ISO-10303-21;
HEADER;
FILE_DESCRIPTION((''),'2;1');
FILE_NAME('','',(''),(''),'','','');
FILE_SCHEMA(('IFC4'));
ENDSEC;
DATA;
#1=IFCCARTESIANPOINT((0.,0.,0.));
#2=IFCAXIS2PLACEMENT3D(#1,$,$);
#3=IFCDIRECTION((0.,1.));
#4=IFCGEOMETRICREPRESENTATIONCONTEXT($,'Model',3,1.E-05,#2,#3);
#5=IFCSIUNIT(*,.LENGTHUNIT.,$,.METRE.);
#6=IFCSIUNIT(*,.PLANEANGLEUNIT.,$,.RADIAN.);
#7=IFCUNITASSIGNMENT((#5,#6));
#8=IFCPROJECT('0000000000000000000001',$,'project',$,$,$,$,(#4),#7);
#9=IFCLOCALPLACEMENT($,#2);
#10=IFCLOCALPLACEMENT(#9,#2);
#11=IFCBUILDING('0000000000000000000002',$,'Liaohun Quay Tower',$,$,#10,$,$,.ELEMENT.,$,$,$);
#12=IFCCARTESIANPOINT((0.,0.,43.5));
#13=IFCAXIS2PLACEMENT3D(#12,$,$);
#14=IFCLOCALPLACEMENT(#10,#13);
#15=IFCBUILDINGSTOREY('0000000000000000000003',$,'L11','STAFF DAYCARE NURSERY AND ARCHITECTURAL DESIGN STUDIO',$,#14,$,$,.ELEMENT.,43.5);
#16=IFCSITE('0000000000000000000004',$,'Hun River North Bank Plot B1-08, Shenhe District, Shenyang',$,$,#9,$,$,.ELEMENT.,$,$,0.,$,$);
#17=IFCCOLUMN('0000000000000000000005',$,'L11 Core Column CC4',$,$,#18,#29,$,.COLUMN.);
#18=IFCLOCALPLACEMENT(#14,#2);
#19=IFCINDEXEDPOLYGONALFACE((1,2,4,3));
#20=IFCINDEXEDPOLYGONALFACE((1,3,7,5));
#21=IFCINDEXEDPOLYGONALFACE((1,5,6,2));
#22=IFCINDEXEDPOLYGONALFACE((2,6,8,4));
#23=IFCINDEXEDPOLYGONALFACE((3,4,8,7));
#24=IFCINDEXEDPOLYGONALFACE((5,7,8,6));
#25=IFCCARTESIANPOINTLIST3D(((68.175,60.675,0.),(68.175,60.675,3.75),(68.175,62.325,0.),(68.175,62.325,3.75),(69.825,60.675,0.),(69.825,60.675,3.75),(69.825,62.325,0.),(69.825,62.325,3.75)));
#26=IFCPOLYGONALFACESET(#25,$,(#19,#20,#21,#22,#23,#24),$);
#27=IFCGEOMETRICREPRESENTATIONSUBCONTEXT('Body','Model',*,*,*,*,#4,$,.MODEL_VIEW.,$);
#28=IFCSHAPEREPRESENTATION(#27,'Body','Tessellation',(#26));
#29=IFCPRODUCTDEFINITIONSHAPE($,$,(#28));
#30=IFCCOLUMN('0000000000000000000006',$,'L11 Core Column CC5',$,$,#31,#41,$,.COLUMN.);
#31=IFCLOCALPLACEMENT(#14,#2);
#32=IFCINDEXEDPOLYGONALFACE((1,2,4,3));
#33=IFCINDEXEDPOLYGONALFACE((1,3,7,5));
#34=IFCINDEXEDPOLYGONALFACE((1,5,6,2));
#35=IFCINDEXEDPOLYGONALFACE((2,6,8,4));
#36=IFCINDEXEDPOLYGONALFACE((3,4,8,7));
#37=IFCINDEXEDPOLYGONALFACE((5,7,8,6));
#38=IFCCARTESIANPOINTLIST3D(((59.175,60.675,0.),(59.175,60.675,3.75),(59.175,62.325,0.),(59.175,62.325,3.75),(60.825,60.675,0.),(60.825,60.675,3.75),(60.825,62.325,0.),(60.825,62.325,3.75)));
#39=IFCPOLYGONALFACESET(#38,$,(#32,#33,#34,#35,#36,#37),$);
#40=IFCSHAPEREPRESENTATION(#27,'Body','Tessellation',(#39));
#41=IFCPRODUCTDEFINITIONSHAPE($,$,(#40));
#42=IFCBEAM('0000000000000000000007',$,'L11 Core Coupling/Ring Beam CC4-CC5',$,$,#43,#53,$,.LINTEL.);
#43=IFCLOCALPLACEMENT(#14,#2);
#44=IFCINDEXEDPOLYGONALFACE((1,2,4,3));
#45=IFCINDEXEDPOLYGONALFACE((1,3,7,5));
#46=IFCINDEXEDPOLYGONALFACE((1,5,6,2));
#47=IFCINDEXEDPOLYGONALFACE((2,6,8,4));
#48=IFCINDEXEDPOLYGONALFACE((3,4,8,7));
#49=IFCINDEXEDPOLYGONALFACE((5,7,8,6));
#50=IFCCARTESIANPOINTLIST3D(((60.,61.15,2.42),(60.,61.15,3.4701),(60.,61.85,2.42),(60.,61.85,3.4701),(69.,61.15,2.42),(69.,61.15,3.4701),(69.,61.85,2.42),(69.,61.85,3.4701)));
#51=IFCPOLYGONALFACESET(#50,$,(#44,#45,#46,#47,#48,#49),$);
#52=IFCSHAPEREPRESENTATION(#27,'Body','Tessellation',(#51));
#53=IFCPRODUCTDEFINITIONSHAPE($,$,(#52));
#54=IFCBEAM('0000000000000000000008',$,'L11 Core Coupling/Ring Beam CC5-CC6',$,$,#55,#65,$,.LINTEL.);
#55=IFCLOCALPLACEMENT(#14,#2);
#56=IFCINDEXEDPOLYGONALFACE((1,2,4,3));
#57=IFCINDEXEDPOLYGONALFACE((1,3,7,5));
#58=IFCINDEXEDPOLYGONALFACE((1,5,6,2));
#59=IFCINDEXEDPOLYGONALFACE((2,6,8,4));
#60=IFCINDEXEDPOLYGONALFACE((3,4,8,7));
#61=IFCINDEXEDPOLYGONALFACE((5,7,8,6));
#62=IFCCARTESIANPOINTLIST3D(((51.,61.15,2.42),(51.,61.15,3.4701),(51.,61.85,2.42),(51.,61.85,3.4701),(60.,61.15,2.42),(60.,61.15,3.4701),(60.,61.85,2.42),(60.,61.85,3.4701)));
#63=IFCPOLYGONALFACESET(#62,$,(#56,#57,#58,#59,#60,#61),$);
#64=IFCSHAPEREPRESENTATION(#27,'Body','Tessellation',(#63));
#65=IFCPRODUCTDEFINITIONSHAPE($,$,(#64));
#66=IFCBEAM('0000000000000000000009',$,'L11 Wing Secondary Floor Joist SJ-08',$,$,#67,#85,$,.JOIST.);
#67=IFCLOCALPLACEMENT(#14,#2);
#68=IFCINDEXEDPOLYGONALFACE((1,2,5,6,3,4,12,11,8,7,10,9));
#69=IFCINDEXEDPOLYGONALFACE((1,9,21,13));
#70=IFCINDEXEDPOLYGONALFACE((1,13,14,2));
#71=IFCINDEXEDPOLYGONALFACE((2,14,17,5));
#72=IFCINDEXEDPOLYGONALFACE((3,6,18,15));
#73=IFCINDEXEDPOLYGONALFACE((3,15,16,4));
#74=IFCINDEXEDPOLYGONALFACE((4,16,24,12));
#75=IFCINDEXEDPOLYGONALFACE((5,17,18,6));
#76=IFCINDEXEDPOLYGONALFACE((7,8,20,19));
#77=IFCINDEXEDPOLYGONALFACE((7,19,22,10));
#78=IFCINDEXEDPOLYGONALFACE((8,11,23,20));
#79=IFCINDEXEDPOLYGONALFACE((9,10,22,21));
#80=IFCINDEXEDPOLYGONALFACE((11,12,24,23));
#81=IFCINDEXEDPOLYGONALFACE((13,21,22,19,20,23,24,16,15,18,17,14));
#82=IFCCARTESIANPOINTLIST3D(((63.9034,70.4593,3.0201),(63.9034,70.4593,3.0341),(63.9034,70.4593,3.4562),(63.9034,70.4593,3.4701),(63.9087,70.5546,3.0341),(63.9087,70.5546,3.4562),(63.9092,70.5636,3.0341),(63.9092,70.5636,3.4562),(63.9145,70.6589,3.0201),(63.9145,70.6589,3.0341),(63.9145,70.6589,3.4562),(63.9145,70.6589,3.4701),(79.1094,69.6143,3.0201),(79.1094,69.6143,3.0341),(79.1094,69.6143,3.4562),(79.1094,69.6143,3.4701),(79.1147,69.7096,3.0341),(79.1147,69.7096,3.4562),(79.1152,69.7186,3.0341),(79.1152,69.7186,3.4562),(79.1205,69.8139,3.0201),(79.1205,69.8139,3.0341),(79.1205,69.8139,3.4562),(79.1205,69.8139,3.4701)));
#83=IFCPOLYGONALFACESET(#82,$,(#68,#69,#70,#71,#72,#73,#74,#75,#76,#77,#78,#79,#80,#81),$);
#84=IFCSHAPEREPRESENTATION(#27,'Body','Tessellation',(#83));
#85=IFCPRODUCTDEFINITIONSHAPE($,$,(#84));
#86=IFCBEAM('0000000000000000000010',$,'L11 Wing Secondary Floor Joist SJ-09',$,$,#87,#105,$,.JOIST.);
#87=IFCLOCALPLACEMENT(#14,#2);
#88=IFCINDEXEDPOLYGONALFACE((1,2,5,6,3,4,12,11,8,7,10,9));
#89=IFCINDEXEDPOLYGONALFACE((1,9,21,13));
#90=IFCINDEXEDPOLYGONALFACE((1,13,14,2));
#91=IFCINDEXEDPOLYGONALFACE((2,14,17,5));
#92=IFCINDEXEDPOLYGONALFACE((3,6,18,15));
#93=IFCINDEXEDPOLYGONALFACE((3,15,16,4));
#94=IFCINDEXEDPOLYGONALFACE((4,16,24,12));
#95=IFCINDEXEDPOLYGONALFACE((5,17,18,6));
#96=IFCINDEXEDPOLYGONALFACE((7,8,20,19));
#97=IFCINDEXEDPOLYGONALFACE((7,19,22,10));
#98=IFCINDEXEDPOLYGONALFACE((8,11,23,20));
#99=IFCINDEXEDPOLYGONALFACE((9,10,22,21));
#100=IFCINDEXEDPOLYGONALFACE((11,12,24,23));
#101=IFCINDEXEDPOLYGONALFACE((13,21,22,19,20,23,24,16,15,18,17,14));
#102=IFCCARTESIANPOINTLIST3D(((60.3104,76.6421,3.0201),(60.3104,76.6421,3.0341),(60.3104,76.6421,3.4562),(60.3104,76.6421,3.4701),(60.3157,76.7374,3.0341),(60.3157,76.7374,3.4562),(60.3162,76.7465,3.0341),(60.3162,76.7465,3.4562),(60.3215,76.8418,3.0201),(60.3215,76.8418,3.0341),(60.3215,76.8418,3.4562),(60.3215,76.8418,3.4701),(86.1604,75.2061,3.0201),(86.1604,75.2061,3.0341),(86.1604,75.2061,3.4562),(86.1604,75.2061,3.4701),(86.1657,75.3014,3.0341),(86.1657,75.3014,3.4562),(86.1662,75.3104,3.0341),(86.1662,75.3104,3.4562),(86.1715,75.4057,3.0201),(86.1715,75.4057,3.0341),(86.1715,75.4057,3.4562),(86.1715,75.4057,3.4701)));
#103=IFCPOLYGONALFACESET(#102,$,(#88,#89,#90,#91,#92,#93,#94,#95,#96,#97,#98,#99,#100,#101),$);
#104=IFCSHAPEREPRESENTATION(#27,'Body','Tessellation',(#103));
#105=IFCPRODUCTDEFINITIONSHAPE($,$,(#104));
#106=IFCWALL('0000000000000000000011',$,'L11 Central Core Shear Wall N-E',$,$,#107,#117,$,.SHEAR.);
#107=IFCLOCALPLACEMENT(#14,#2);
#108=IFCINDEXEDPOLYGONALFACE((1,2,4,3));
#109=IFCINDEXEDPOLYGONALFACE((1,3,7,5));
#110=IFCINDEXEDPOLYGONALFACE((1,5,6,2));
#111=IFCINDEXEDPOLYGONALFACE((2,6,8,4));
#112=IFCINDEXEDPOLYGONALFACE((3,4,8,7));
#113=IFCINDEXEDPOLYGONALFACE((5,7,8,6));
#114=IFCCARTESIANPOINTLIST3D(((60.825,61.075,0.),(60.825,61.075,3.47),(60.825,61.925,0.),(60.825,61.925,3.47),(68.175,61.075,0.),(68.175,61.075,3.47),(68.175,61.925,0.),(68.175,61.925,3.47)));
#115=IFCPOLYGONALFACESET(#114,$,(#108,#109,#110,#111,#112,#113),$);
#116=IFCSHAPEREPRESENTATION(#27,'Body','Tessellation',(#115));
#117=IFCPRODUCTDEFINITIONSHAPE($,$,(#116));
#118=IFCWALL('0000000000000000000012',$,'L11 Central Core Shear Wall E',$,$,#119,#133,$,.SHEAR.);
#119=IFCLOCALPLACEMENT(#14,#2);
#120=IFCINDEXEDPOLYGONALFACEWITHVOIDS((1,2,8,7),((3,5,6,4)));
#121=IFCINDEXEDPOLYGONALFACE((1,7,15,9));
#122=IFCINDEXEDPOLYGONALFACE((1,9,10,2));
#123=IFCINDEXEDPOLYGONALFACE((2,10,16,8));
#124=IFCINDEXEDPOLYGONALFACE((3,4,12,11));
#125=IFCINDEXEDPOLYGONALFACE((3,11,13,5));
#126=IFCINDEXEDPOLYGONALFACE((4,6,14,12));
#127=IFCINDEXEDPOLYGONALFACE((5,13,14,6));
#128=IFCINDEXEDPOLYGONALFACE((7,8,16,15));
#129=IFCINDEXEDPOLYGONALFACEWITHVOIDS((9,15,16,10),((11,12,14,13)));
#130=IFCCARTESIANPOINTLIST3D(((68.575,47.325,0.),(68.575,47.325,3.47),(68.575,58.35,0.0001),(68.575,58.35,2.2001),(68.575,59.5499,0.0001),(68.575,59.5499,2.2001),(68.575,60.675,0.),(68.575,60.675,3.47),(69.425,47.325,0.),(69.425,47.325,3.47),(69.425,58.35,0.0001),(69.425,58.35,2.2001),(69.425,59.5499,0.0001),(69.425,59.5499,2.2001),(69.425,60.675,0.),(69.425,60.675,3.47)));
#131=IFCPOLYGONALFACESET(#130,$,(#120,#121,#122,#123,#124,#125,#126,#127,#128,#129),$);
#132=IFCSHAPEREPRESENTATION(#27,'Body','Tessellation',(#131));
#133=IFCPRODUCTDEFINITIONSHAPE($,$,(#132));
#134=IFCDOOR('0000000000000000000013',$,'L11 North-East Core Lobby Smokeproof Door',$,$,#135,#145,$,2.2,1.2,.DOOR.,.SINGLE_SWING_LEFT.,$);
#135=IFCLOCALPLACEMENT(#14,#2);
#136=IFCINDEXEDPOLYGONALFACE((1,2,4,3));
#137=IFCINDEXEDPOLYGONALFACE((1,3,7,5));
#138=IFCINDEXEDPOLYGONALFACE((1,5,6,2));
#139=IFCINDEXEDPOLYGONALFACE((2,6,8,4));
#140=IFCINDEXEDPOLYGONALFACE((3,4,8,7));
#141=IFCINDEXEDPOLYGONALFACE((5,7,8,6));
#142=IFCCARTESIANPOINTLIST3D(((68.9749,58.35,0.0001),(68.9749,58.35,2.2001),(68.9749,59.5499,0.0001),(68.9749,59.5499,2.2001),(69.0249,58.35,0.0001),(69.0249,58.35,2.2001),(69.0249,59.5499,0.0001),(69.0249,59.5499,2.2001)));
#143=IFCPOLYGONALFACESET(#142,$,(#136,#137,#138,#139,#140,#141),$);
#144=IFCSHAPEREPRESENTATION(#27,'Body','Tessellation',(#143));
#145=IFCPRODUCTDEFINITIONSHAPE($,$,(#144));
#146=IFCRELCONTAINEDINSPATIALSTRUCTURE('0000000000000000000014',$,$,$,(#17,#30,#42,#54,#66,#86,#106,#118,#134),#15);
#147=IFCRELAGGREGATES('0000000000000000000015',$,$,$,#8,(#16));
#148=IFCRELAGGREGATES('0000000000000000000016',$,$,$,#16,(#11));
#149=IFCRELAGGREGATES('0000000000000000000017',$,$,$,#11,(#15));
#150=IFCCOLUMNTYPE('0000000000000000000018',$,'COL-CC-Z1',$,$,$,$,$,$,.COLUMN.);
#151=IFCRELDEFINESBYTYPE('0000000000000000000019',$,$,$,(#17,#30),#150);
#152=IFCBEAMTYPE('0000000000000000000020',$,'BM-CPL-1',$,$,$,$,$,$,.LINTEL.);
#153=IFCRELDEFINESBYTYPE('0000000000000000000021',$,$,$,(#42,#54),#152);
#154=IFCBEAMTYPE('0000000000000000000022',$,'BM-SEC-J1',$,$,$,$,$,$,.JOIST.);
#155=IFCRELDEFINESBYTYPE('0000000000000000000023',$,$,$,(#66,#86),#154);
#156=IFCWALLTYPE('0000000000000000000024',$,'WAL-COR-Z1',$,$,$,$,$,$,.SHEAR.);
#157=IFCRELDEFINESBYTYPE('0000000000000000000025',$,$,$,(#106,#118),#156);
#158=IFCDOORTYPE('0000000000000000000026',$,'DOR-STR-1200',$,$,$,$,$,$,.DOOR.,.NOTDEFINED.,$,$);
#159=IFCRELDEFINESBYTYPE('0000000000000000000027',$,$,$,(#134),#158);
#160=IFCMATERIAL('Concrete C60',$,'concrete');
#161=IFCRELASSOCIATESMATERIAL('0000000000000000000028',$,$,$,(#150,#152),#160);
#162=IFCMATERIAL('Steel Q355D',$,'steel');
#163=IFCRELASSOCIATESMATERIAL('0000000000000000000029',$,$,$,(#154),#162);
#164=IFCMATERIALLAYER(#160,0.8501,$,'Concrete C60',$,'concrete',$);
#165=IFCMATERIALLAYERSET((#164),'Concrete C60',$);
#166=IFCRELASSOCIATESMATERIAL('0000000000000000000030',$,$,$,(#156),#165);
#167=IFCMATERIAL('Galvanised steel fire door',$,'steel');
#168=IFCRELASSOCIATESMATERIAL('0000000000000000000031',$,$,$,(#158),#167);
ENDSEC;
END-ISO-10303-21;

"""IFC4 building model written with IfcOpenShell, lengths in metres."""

from ifc_helpers import new_model, si_unit, direction, frame, frame_2d, origin, origin_2d, place, context, subcontext, project, spatial, rectangle, i_section, extrude, source, transform, mapped, material, layer, layer_set, material_profile, profile_set, type_object, element, fill, save


model = new_model("IFC4")

# Units and contexts
model_context = context("Model", 3, precision=1e-05, world=origin(), true_north=direction((0.0, 1.0)))
body_context = subcontext(model_context, "Body", "Model", "MODEL_VIEW")
ifc_project = project(units=[si_unit("LENGTHUNIT", "METRE"), si_unit("PLANEANGLEUNIT", "RADIAN")], contexts=[model_context])

# Site, building, storey
site_placement = place(None, origin())
site = spatial("IfcSite", under=ifc_project, at=site_placement, Name="Hun River North Bank Plot B1-08, Shenhe District, Shenyang", CompositionType="ELEMENT", RefElevation=0.0)
building_placement = place(site_placement, origin())
building = spatial("IfcBuilding", under=site, at=building_placement, Name="Liaohun Quay Tower", CompositionType="ELEMENT")
storey_placement = place(building_placement, frame((0.0, 0.0, 43.5)))
storey = spatial("IfcBuildingStorey", under=building, at=storey_placement, Name="L11", Description="STAFF DAYCARE NURSERY AND ARCHITECTURAL DESIGN STUDIO", CompositionType="ELEMENT", Elevation=43.5)

# Columns
ifc_material_1 = material(Name="Concrete C60", Category="concrete")
ifc_material_profile_1 = material_profile(ifc_material_1, rectangle(XDim=1.6499, YDim=1.6499, at=origin_2d()), Name="RC1650x1650")
ifc_profile_set_1 = profile_set([ifc_material_profile_1], Name="Concrete C60")
column_type = type_object("IfcColumnType", Name="COL-CC-Z1", PredefinedType="COLUMN", material=ifc_profile_set_1)
shared_shape_1 = source(origin(), body_context, "Body", "SweptSolid", [
    extrude(rectangle(XDim=1.6499, YDim=1.6499, at=origin_2d()), origin(), (0.0, 0.0, 1.0), 3.75),
])
for number, where, z_axis, x_axis, name in (
    (1, (69.0, 61.5, 0.0), (0.0, 0.0, 1.0), (1.0, 0.0, 0.0), "L11 Core Column CC4"),
    (2, (60.0, 61.5, 0.0), (0.0, 0.0, 1.0), (1.0, 0.0, 0.0), "L11 Core Column CC5"),
):
    element("IfcColumn", number, at=place(storey_placement, frame(where, z_axis=z_axis, x_axis=x_axis)), inside=storey, type_object=column_type, Name=name, PredefinedType="COLUMN", context=body_context, shape_type="MappedRepresentation", body=[
        mapped(shared_shape_1, transform((0.0, 0.0, 0.0), x_axis=(1.0, 0.0, 0.0), y_axis=(0.0, 1.0, 0.0), z_axis=(0.0, 0.0, 1.0), scale=1.0)),
    ])

# Beams
ifc_material_profile_2 = material_profile(ifc_material_1, rectangle(XDim=0.7, YDim=1.05, at=origin_2d()), Name="RC700x1050")
ifc_profile_set_2 = profile_set([ifc_material_profile_2], Name="Concrete C60")
beam_type_1 = type_object("IfcBeamType", Name="BM-CPL-1", PredefinedType="LINTEL", material=ifc_profile_set_2)
shared_shape_2 = source(origin(), body_context, "Body", "SweptSolid", [
    extrude(rectangle(XDim=0.7, YDim=1.05, at=origin_2d()), origin(), (0.0, 0.0, 1.0), 9.0),
])
for number, where, z_axis, x_axis, name in (
    (3, (69.0, 61.5, 2.9451), (-1.0, 0.0, 0.0), (0.0, -1.0, 0.0), "L11 Core Coupling/Ring Beam CC4-CC5"),
    (4, (60.0, 61.5, 2.9451), (-1.0, 0.0, 0.0), (0.0, -1.0, 0.0), "L11 Core Coupling/Ring Beam CC5-CC6"),
):
    element("IfcBeam", number, at=place(storey_placement, frame(where, z_axis=z_axis, x_axis=x_axis)), inside=storey, type_object=beam_type_1, Name=name, PredefinedType="LINTEL", context=body_context, shape_type="MappedRepresentation", body=[
        mapped(shared_shape_2, transform((0.0, 0.0, 0.0), x_axis=(1.0, 0.0, 0.0), y_axis=(0.0, 1.0, 0.0), z_axis=(0.0, 0.0, 1.0), scale=1.0)),
    ])
ifc_material_2 = material(Name="Steel Q355D", Category="steel")
ifc_material_profile_3 = material_profile(ifc_material_2, i_section(OverallWidth=0.2, OverallDepth=0.45, WebThickness=0.009, FlangeThickness=0.0139, at=origin_2d()), Name="HN450x200x9x14")
ifc_profile_set_3 = profile_set([ifc_material_profile_3], Name="Steel Q355D")
beam_type_2 = type_object("IfcBeamType", Name="BM-SEC-J1", PredefinedType="JOIST", material=ifc_profile_set_3)
shared_shape_3 = source(origin(), body_context, "Body", "SweptSolid", [
    extrude(i_section(OverallWidth=0.2, OverallDepth=0.45, WebThickness=0.009, FlangeThickness=0.0139, at=origin_2d()), origin(), (0.0, 0.0, 1.0), 15.2295),
])
beam_1_placement = place(storey_placement, frame((63.9089, 70.5591, 3.2451), z_axis=(0.99846, -0.055482, 0.0), x_axis=(0.055482, 0.99846, 0.0)))
element("IfcBeam", 5, at=beam_1_placement, inside=storey, type_object=beam_type_2, Name="L11 Wing Secondary Floor Joist SJ-08", PredefinedType="JOIST", context=body_context, shape_type="MappedRepresentation", body=[
    mapped(shared_shape_3, transform((0.0, 0.0, 0.0), x_axis=(1.0, 0.0, 0.0), y_axis=(0.0, 1.0, 0.0), z_axis=(0.0, 0.0, 1.0), scale=1.0)),
])
shared_shape_4 = source(origin(), body_context, "Body", "SweptSolid", [
    extrude(i_section(OverallWidth=0.2, OverallDepth=0.45, WebThickness=0.009, FlangeThickness=0.0139, at=origin_2d()), origin(), (0.0, 0.0, 1.0), 25.8899),
])
beam_2_placement = place(storey_placement, frame((60.3159, 76.7419, 3.2451), z_axis=(0.998461, -0.055467, 0.0), x_axis=(0.055467, 0.998461, 0.0)))
element("IfcBeam", 6, at=beam_2_placement, inside=storey, type_object=beam_type_2, Name="L11 Wing Secondary Floor Joist SJ-09", PredefinedType="JOIST", context=body_context, shape_type="MappedRepresentation", body=[
    mapped(shared_shape_4, transform((0.0, 0.0, 0.0), x_axis=(1.0, 0.0, 0.0), y_axis=(0.0, 1.0, 0.0), z_axis=(0.0, 0.0, 1.0), scale=1.0)),
])

# Wall
ifc_layer_1 = layer(ifc_material_1, 0.8501, Name="Concrete C60", Category="concrete")
ifc_layer_set_1 = layer_set([ifc_layer_1], Name="Concrete C60")
wall_type_1 = type_object("IfcWallType", Name="WAL-COR-Z1", PredefinedType="SHEAR", material=ifc_layer_set_1)
wall_1_placement = place(storey_placement, frame((60.825, 61.5, 0.0), z_axis=(0.0, 0.0, 1.0), x_axis=(1.0, 0.0, 0.0)))
element("IfcWall", 7, at=wall_1_placement, inside=storey, type_object=wall_type_1, Name="L11 Central Core Shear Wall N-E", PredefinedType="SHEAR", context=body_context, shape_type="SweptSolid", body=[
    extrude(rectangle(XDim=7.3501, YDim=0.8501, at=frame_2d((3.675, 0.0))), origin(), (0.0, 0.0, 1.0), 3.47),
])

# Wall, opening, door
wall_2_placement = place(storey_placement, frame((69.0, 60.675, 0.0), z_axis=(0.0, 0.0, 1.0), x_axis=(0.0, -1.0, 0.0)))
wall_2 = element("IfcWall", 8, at=wall_2_placement, inside=storey, type_object=wall_type_1, Name="L11 Central Core Shear Wall E", PredefinedType="SHEAR", context=body_context, shape_type="SweptSolid", body=[
    extrude(rectangle(XDim=13.3501, YDim=0.8501, at=frame_2d((6.675, 0.0))), origin(), (0.0, 0.0, 1.0), 3.47),
])
shared_shape_5 = source(origin(), body_context, "Body", "SweptSolid", [
    extrude(rectangle(XDim=1.2, YDim=2.2, at=frame_2d((0.6001, 1.1001))), frame((0.0, 0.4351, 0.0), z_axis=(0.0, -1.0, 0.0), x_axis=(1.0, 0.0, 0.0)), (0.0, 0.0, 1.0), 0.8701),
])
opening_1_placement = place(wall_2_placement, frame((1.125, 0.0, 0.0)))
opening_1 = element("IfcOpeningElement", 9, at=opening_1_placement, cuts=wall_2, PredefinedType="OPENING", context=body_context, shape_type="MappedRepresentation", body=[
    mapped(shared_shape_5, transform((0.0, 0.0, 0.0), x_axis=(1.0, 0.0, 0.0), y_axis=(0.0, 1.0, 0.0), z_axis=(0.0, 0.0, 1.0), scale=1.0)),
])
ifc_material_3 = material(Name="Galvanised steel fire door", Category="steel")
door_type_1 = type_object("IfcDoorType", Name="DOR-STR-1200", OperationType="NOTDEFINED", PredefinedType="DOOR", material=ifc_material_3)
shared_shape_6 = source(origin(), body_context, "Body", "SweptSolid", [
    extrude(rectangle(XDim=1.2, YDim=2.2, at=frame_2d((0.6001, 1.1001))), frame((0.0, 0.0249, 0.0), z_axis=(0.0, -1.0, 0.0), x_axis=(1.0, 0.0, 0.0)), (0.0, 0.0, 1.0), 0.05),
])
door_1_placement = place(opening_1_placement, origin())
door_1 = element("IfcDoor", 10, at=door_1_placement, inside=storey, type_object=door_type_1, Name="L11 North-East Core Lobby Smokeproof Door", OperationType="SINGLE_SWING_LEFT", OverallHeight=2.2, OverallWidth=1.2, PredefinedType="DOOR", context=body_context, shape_type="MappedRepresentation", body=[
    mapped(shared_shape_6, transform((0.0, 0.0, 0.0), x_axis=(1.0, 0.0, 0.0), y_axis=(0.0, 1.0, 0.0), z_axis=(0.0, 0.0, 1.0), scale=1.0)),
])
fill(opening_1, door_1)

save(model, "model.ifc")
